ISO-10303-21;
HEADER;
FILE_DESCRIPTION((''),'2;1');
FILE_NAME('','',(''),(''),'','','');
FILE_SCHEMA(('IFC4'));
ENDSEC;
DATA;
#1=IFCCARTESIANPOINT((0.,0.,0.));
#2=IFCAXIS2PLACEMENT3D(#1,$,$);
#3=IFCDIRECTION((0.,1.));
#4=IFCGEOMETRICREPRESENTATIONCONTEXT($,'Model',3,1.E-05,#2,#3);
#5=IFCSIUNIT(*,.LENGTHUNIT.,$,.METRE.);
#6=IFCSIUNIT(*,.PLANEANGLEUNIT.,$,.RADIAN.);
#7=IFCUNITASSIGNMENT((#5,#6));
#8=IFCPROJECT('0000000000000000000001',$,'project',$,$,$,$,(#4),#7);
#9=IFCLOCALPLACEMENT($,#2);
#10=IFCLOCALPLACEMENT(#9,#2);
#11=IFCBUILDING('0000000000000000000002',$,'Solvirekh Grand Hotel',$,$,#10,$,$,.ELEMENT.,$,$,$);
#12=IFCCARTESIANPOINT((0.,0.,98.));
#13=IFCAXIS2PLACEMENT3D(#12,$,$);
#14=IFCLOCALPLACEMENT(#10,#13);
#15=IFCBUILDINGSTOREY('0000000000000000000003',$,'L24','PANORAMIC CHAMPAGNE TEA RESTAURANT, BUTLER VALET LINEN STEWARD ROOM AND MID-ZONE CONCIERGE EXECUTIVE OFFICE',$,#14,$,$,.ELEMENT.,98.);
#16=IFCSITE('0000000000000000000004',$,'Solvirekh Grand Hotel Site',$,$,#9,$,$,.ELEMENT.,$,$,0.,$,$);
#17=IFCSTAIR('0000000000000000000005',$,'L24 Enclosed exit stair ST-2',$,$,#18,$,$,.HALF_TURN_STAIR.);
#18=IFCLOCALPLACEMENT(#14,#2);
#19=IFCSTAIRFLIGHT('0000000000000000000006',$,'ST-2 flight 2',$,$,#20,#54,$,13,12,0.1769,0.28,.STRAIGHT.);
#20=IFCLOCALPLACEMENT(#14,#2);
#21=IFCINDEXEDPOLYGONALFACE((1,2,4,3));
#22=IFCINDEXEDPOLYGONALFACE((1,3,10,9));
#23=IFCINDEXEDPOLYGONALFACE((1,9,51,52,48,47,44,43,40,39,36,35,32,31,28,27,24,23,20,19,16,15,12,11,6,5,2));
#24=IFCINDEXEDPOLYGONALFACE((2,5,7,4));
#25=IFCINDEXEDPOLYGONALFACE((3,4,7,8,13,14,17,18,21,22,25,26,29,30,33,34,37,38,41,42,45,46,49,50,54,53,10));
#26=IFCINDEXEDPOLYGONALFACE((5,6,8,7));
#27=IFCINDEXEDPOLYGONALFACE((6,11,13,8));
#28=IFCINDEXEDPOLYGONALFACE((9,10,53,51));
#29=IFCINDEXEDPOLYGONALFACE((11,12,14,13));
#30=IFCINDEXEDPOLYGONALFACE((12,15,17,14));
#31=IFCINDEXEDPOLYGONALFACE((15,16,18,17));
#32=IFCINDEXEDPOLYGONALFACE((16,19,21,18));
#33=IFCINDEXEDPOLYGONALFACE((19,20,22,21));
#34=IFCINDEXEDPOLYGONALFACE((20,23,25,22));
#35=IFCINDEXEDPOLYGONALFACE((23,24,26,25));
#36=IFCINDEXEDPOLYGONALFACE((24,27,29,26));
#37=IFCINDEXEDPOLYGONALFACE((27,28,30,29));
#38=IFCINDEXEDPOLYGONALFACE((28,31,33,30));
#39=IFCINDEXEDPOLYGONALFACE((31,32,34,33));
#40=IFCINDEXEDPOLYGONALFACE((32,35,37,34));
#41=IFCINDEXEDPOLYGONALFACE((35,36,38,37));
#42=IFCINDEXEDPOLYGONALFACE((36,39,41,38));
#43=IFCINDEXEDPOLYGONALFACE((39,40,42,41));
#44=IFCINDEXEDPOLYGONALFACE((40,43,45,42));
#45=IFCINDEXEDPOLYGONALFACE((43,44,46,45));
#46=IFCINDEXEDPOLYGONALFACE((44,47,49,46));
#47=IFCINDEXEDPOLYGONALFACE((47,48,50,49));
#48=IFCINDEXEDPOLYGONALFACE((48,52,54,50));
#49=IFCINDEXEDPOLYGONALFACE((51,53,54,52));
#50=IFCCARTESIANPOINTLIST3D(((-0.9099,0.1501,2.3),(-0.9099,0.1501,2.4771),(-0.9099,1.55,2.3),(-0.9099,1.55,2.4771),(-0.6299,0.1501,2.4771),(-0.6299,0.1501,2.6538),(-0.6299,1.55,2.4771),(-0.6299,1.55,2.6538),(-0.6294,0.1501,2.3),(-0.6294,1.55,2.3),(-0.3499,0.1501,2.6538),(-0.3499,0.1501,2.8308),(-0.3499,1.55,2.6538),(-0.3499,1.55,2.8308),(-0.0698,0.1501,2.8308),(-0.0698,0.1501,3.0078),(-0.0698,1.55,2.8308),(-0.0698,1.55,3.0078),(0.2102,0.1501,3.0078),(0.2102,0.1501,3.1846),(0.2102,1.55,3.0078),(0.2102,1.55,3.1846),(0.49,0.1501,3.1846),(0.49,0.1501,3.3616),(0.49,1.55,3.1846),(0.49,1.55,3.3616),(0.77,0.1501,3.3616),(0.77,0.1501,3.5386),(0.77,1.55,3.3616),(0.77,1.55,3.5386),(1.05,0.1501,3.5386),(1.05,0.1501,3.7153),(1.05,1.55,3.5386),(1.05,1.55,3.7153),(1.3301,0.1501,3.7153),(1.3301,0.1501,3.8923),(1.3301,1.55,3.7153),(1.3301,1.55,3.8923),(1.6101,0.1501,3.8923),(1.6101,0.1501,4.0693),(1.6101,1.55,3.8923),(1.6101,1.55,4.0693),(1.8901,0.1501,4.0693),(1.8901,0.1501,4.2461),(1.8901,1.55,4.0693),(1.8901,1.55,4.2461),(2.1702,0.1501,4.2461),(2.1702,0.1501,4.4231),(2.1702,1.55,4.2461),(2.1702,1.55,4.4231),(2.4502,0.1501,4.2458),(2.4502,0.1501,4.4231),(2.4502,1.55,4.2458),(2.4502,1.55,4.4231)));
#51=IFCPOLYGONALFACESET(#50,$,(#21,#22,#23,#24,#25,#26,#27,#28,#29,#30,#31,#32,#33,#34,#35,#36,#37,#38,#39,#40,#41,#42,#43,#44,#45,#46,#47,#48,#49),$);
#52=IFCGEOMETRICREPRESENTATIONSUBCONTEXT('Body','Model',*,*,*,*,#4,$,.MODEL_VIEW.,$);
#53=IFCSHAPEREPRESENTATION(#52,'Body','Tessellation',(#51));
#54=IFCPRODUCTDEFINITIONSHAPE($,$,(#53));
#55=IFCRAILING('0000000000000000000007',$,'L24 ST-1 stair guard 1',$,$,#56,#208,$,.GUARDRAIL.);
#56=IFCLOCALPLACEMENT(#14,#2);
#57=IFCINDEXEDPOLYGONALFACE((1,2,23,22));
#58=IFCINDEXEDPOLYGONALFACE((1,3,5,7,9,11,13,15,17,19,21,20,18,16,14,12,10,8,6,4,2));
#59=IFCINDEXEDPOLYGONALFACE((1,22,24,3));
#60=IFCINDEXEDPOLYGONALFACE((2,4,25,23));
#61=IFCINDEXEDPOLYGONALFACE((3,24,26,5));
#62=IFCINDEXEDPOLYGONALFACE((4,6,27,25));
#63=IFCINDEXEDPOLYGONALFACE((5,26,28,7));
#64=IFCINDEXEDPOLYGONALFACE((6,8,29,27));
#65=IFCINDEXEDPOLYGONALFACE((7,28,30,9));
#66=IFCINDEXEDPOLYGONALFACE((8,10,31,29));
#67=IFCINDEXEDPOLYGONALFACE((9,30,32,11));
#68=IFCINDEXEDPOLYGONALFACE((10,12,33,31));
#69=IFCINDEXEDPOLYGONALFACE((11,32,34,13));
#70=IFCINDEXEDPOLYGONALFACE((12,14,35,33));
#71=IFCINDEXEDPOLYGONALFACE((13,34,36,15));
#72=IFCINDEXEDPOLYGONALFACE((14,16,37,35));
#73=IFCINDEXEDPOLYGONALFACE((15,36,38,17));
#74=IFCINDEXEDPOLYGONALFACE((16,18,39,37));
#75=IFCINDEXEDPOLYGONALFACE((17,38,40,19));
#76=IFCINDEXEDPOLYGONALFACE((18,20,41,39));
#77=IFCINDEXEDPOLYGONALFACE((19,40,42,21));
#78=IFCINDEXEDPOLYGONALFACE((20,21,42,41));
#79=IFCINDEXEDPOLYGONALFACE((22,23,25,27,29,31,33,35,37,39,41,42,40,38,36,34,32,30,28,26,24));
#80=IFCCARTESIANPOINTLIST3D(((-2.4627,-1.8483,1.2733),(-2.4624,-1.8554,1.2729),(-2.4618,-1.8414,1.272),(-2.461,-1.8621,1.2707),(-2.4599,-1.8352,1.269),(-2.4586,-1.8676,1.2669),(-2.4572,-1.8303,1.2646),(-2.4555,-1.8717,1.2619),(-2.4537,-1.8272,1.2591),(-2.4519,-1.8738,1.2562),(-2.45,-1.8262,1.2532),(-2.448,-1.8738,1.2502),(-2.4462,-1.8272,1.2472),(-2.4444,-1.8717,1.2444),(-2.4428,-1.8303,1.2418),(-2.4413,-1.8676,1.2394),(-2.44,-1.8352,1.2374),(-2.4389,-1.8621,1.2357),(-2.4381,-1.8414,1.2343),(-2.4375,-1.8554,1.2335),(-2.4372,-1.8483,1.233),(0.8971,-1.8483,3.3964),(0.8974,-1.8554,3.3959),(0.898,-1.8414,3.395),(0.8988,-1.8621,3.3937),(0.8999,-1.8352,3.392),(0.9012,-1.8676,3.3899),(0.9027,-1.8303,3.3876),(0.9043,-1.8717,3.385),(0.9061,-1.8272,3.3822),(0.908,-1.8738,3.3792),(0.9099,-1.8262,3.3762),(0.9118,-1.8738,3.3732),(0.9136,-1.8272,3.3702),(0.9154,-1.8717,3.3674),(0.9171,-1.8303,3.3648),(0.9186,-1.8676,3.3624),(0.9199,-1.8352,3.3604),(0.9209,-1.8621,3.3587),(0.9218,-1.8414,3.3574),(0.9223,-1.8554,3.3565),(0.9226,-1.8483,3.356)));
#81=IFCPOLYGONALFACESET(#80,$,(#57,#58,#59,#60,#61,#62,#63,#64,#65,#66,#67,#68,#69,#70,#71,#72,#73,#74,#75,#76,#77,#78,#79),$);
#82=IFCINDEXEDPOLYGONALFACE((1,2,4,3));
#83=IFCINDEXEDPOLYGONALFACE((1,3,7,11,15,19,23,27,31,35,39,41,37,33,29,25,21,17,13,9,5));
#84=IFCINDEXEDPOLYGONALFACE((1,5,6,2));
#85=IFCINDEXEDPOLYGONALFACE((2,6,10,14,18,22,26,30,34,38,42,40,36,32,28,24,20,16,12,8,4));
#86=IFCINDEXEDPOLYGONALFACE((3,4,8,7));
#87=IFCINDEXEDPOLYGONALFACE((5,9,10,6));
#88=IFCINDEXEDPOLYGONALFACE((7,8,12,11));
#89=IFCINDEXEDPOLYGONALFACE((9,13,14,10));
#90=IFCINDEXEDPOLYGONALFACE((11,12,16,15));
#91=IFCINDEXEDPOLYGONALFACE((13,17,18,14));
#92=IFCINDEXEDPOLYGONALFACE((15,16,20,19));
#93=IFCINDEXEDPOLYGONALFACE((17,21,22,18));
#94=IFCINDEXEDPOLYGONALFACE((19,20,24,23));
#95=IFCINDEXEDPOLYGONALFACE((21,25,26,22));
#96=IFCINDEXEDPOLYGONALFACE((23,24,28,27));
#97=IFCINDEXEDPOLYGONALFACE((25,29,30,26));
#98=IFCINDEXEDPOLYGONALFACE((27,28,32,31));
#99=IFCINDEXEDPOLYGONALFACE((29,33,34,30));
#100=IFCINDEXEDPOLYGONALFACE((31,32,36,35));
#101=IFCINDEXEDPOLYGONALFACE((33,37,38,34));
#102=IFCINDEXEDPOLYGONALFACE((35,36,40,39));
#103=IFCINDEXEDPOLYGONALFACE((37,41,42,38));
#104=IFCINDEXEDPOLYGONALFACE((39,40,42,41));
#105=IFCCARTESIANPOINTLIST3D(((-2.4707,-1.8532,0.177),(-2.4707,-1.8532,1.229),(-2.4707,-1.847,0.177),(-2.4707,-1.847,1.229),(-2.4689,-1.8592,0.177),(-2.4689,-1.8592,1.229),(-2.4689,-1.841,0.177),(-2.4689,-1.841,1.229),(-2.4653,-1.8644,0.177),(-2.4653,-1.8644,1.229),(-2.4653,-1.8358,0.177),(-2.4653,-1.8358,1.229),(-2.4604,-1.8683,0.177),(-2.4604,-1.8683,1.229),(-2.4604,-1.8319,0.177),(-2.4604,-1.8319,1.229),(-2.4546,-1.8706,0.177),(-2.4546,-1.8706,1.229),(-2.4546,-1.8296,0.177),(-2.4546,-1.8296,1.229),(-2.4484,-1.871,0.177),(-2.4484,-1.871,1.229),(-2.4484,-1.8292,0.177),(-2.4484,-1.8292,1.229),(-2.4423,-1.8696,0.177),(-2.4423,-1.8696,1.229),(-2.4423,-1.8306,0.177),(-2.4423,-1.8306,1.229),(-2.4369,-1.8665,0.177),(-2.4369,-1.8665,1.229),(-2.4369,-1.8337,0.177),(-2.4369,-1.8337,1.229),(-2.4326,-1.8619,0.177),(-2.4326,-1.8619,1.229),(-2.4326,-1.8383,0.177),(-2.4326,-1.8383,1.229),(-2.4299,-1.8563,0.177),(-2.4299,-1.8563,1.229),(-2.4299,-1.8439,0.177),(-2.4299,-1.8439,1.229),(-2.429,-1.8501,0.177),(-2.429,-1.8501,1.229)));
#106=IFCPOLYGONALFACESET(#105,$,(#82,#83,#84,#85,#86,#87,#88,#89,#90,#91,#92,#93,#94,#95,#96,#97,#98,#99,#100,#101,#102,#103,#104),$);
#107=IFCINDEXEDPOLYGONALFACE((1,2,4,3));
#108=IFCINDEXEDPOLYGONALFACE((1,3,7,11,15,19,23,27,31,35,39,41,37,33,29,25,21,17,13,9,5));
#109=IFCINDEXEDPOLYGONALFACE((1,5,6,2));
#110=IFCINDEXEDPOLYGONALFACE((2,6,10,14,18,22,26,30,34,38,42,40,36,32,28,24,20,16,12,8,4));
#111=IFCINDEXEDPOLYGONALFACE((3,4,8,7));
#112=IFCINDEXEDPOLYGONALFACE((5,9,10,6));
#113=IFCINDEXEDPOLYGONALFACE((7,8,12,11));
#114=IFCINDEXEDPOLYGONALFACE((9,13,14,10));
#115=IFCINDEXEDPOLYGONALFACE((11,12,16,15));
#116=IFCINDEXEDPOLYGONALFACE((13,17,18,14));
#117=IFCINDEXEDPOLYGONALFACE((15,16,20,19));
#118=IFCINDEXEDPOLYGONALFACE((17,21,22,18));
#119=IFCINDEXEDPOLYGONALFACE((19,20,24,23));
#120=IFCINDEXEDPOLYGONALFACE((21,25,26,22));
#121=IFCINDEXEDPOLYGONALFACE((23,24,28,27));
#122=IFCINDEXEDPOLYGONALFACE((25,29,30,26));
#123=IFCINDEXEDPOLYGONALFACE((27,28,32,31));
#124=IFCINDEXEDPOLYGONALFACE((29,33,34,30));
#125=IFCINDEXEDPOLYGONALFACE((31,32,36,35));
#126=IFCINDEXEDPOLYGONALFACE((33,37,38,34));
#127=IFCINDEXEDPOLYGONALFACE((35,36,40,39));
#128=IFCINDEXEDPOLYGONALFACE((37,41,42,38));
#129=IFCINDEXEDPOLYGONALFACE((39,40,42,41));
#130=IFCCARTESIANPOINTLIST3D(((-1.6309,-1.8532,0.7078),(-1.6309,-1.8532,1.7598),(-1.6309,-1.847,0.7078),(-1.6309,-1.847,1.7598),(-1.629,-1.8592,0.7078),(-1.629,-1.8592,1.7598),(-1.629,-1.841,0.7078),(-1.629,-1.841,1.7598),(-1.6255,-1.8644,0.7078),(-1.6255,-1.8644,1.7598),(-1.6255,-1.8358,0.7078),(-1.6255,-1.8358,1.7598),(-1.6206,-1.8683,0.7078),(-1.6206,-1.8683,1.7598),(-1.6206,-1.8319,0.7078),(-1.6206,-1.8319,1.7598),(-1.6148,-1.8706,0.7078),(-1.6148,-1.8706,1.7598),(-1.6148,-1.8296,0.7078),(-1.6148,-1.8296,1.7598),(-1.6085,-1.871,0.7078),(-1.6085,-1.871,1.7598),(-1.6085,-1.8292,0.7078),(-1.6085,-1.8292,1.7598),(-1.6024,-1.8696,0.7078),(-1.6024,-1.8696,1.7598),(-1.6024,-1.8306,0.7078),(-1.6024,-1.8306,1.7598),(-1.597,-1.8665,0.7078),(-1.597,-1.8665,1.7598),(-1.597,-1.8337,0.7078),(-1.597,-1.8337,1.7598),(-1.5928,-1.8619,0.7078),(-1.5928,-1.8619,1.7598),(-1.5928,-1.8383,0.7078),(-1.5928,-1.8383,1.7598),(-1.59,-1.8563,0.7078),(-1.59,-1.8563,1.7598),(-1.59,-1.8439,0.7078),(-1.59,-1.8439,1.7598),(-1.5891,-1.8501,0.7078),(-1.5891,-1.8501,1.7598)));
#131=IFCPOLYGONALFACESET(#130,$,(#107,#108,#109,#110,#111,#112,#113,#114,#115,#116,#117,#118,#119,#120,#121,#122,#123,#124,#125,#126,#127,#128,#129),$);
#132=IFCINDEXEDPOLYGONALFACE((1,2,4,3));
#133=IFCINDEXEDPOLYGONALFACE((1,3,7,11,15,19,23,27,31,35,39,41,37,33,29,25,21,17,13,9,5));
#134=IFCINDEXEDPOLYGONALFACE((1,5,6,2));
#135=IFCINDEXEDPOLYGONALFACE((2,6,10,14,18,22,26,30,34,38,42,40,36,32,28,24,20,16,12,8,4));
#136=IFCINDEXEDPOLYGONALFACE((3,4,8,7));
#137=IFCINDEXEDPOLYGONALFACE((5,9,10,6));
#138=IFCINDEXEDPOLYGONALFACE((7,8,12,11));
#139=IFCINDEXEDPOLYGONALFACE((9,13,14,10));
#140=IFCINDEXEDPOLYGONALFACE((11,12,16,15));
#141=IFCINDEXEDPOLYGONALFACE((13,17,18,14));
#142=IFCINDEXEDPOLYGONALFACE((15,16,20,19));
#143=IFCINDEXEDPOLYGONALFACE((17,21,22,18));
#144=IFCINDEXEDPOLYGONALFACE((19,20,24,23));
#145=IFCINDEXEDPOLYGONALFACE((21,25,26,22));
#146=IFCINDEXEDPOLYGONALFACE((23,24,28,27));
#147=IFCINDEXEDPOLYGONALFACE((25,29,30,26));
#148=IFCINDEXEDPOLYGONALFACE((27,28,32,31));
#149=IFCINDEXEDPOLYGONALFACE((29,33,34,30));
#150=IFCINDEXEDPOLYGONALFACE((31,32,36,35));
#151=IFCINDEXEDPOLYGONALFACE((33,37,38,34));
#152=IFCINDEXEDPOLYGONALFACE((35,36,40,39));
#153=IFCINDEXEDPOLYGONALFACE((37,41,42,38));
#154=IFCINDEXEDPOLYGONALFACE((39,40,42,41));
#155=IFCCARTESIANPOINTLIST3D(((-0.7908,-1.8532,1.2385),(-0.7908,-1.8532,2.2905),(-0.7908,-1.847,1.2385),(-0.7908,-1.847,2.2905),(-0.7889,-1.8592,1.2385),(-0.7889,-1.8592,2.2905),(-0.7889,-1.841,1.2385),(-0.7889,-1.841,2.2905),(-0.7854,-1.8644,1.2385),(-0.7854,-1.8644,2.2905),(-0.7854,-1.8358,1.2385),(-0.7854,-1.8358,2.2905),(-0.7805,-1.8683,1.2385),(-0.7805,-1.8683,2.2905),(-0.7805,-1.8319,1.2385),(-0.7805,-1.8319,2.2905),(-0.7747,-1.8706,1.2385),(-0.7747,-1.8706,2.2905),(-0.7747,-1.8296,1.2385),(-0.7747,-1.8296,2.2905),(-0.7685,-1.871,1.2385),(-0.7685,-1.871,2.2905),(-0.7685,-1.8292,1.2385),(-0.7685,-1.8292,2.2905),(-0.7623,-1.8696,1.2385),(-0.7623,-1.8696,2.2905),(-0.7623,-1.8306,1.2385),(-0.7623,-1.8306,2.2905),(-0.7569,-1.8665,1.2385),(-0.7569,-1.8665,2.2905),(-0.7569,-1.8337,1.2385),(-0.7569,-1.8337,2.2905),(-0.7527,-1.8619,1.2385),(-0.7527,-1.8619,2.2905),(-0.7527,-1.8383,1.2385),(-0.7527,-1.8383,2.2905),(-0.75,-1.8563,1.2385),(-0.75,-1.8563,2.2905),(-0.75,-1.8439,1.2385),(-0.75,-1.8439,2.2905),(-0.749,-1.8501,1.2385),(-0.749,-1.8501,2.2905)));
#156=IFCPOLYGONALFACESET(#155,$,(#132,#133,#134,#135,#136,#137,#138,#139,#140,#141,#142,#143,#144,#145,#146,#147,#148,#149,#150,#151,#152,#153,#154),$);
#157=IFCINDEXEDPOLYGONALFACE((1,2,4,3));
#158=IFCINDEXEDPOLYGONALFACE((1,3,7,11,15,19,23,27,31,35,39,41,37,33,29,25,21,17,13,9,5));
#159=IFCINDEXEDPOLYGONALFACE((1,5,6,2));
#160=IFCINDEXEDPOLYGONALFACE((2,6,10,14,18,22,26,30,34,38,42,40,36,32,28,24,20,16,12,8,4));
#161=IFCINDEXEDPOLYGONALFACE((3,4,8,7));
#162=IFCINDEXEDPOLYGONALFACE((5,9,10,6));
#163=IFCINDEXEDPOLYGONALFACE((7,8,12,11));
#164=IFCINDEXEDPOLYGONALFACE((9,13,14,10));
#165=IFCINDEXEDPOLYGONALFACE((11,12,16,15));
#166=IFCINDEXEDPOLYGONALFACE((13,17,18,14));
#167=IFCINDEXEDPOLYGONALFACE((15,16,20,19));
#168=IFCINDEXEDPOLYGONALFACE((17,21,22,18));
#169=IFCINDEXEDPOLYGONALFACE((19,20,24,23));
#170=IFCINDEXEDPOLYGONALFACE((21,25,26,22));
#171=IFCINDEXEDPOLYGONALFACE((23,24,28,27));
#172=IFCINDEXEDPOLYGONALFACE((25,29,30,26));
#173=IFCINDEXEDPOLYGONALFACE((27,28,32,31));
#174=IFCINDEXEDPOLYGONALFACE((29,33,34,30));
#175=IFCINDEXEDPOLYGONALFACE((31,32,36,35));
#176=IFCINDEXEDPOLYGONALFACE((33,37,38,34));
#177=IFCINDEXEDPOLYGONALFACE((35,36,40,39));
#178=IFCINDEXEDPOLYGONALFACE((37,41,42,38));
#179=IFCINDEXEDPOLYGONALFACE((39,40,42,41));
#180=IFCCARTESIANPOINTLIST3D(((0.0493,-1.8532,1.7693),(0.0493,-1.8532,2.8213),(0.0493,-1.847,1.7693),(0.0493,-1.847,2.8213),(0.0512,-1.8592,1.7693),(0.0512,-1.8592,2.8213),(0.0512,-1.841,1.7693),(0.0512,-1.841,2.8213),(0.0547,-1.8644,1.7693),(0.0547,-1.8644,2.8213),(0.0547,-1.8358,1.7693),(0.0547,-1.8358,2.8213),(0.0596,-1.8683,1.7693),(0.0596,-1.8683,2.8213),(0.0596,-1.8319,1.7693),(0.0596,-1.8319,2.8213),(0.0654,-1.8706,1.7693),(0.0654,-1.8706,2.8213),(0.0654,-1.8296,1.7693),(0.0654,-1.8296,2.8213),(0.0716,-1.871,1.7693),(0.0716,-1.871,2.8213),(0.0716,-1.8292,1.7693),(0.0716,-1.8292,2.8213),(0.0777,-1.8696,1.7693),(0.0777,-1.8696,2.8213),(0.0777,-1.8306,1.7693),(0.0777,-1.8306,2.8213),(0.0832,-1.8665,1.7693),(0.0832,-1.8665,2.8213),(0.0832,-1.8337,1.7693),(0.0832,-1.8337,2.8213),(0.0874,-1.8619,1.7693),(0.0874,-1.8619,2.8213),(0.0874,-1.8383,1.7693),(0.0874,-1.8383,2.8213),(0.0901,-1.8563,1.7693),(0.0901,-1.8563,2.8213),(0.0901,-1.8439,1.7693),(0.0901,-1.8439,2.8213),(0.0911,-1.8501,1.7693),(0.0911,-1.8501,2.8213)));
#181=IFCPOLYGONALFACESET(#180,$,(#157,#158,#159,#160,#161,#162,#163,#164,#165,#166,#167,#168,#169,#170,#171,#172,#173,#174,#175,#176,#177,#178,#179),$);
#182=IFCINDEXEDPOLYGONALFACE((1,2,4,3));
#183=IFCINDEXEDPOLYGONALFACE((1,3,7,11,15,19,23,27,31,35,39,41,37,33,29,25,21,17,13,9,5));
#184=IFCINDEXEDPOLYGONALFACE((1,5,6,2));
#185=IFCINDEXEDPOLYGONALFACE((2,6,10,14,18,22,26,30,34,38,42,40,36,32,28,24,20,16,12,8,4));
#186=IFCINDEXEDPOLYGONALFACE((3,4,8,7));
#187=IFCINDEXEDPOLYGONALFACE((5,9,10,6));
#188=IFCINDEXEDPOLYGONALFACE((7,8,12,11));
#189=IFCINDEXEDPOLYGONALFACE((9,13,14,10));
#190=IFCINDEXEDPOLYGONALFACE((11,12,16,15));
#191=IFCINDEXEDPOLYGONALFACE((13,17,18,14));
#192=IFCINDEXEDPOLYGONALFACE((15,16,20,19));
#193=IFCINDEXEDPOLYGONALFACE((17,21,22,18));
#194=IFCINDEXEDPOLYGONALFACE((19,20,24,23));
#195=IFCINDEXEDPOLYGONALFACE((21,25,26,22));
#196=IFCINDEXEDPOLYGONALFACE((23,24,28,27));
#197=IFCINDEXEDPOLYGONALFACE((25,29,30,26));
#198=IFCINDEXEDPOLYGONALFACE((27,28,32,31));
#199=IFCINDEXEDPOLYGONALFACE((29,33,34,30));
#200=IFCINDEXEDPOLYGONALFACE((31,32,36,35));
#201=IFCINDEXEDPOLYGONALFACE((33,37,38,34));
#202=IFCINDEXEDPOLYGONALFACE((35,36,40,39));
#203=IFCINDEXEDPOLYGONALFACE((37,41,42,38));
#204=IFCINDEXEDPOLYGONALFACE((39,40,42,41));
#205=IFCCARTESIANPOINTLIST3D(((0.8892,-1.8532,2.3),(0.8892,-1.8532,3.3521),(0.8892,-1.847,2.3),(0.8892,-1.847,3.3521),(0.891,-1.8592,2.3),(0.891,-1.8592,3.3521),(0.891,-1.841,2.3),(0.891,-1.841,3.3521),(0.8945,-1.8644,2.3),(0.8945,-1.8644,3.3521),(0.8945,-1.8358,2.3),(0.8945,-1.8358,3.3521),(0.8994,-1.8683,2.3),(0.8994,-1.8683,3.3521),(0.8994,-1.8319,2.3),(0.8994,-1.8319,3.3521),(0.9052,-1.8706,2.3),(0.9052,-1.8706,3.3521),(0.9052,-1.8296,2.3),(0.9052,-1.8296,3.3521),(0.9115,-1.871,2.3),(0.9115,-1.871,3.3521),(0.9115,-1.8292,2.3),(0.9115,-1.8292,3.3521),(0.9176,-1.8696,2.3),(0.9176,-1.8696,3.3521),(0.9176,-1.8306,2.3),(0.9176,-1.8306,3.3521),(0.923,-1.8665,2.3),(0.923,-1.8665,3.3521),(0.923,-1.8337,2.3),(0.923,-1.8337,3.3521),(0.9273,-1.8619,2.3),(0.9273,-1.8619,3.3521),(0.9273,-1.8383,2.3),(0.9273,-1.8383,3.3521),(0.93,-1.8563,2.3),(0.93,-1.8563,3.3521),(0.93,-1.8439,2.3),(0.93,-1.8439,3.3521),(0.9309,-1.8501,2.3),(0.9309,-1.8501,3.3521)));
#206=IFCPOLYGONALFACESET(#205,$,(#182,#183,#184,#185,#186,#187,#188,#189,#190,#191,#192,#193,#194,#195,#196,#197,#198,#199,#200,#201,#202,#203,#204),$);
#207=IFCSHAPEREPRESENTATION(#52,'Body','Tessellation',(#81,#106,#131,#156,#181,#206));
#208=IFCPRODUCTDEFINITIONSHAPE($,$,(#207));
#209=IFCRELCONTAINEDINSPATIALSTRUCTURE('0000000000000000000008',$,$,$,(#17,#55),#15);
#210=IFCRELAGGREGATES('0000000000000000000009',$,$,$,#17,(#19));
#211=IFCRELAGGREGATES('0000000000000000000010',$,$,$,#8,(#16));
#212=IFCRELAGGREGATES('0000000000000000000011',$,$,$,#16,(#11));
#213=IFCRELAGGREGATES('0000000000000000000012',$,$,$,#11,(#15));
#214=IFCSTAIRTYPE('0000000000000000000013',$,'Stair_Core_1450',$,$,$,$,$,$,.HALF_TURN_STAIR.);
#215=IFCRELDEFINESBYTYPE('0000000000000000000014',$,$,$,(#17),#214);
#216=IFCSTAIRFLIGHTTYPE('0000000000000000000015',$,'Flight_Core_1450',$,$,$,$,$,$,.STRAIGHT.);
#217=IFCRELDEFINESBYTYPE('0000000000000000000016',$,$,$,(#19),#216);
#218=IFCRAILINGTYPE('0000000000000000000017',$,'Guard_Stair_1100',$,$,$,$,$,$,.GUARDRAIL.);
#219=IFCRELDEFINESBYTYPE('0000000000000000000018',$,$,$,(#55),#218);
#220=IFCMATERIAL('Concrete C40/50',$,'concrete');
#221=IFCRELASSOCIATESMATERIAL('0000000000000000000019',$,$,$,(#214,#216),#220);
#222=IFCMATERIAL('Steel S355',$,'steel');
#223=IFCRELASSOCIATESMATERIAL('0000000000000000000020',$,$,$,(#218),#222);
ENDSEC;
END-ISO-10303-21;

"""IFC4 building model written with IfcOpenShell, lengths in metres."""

from ifc_helpers import new_model, si_unit, direction, frame, origin, origin_2d, place, context, subcontext, project, spatial, polyline, circle, outline, extrude, material, type_object, element, aggregate, save


model = new_model("IFC4")

# Units and contexts
model_context = context("Model", 3, precision=1e-05, world=origin(), true_north=direction((0.0, 1.0)))
body_context = subcontext(model_context, "Body", "Model", "MODEL_VIEW")
ifc_project = project(units=[si_unit("LENGTHUNIT", "METRE"), si_unit("PLANEANGLEUNIT", "RADIAN")], contexts=[model_context])

# Site, building, storey
site_placement = place(None, origin())
site = spatial("IfcSite", under=ifc_project, at=site_placement, Name="Solvirekh Grand Hotel Site", CompositionType="ELEMENT", RefElevation=0.0)
building_placement = place(site_placement, origin())
building = spatial("IfcBuilding", under=site, at=building_placement, Name="Solvirekh Grand Hotel", CompositionType="ELEMENT")
storey_placement = place(building_placement, frame((0.0, 0.0, 98.0)))
storey = spatial("IfcBuildingStorey", under=building, at=storey_placement, Name="L24", Description="PANORAMIC CHAMPAGNE TEA RESTAURANT, BUTLER VALET LINEN STEWARD ROOM AND MID-ZONE CONCIERGE EXECUTIVE OFFICE", CompositionType="ELEMENT", Elevation=98.0)

# Stair
ifc_material_1 = material(Name="Concrete C40/50", Category="concrete")
stair_type = type_object("IfcStairType", Name="Stair_Core_1450", PredefinedType="HALF_TURN_STAIR", material=ifc_material_1)
stair_1_placement = place(storey_placement, origin())
stair_1 = element("IfcStair", 1, at=stair_1_placement, inside=storey, type_object=stair_type, Name="L24 Enclosed exit stair ST-2", PredefinedType="HALF_TURN_STAIR")

# Stair flight
stair_flight_type = type_object("IfcStairFlightType", Name="Flight_Core_1450", PredefinedType="STRAIGHT", material=ifc_material_1)
stair_flight_1_placement = place(storey_placement, frame((-0.9099, 0.8501, 2.3), z_axis=(0.0, 0.0, 1.0), x_axis=(1.0, 0.0, 0.0)))
stair_flight_1 = element("IfcStairFlight", 2, at=stair_flight_1_placement, type_object=stair_flight_type, Name="ST-2 flight 2", NumberOfRisers=13, NumberOfTreads=12, PredefinedType="STRAIGHT", RiserHeight=0.1769, TreadLength=0.28, context=body_context, shape_type="SweptSolid", body=[
    extrude(outline(polyline([(0.0, 0.0), (0.0, 0.177), (0.28, 0.177), (0.28, 0.3538), (0.5601, 0.3538), (0.5601, 0.5308), (0.8401, 0.5308), (0.8401, 0.7078), (1.1201, 0.7078), (1.1201, 0.8845), (1.3999, 0.8845), (1.3999, 1.0615), (1.6799, 1.0615), (1.6799, 1.2385), (1.96, 1.2385), (1.96, 1.4153), (2.24, 1.4153), (2.24, 1.5923), (2.52, 1.5923), (2.52, 1.7693), (2.8, 1.7693), (2.8, 1.946), (3.0801, 1.946), (3.0801, 2.123), (3.3601, 2.123), (3.3601, 2.3), (3.3601, 1.9458), (0.2805, 0.0), (0.0, 0.0)])), frame((0.0, 0.7, 0.0), z_axis=(0.0, -1.0, 0.0), x_axis=(1.0, 0.0, 0.0)), (0.0, 0.0, 1.0), 1.3999),
])
aggregate(stair_1, [stair_flight_1])

# Railing
ifc_material_2 = material(Name="Steel S355", Category="steel")
railing_type_1 = type_object("IfcRailingType", Name="Guard_Stair_1100", PredefinedType="GUARDRAIL", material=ifc_material_2)
railing_1_placement = place(storey_placement, frame((-2.45, -1.8501, 0.177)))
element("IfcRailing", 3, at=railing_1_placement, inside=storey, type_object=railing_type_1, Name="L24 ST-1 stair guard 1", PredefinedType="GUARDRAIL", context=body_context, shape_type="SweptSolid", body=[
    extrude(circle(Radius=0.0239, at=origin_2d()), frame((0.0, 0.0, 1.0762), z_axis=(0.845372, 0.0, 0.534178), x_axis=(0.0, 1.0, 0.0)), (0.0, 0.0, 1.0), 3.9744),
    extrude(circle(Radius=0.021, at=origin_2d()), origin(), (0.0, 0.0, 1.0), 1.052),
    extrude(circle(Radius=0.021, at=origin_2d()), frame((0.8398, 0.0, 0.5308)), (0.0, 0.0, 1.0), 1.052),
    extrude(circle(Radius=0.021, at=origin_2d()), frame((1.6799, 0.0, 1.0615)), (0.0, 0.0, 1.0), 1.052),
    extrude(circle(Radius=0.021, at=origin_2d()), frame((2.52, 0.0, 1.5923)), (0.0, 0.0, 1.0), 1.052),
    extrude(circle(Radius=0.021, at=origin_2d()), frame((3.3599, 0.0, 2.123)), (0.0, 0.0, 1.0), 1.052),
])

save(model, "model.ifc")
